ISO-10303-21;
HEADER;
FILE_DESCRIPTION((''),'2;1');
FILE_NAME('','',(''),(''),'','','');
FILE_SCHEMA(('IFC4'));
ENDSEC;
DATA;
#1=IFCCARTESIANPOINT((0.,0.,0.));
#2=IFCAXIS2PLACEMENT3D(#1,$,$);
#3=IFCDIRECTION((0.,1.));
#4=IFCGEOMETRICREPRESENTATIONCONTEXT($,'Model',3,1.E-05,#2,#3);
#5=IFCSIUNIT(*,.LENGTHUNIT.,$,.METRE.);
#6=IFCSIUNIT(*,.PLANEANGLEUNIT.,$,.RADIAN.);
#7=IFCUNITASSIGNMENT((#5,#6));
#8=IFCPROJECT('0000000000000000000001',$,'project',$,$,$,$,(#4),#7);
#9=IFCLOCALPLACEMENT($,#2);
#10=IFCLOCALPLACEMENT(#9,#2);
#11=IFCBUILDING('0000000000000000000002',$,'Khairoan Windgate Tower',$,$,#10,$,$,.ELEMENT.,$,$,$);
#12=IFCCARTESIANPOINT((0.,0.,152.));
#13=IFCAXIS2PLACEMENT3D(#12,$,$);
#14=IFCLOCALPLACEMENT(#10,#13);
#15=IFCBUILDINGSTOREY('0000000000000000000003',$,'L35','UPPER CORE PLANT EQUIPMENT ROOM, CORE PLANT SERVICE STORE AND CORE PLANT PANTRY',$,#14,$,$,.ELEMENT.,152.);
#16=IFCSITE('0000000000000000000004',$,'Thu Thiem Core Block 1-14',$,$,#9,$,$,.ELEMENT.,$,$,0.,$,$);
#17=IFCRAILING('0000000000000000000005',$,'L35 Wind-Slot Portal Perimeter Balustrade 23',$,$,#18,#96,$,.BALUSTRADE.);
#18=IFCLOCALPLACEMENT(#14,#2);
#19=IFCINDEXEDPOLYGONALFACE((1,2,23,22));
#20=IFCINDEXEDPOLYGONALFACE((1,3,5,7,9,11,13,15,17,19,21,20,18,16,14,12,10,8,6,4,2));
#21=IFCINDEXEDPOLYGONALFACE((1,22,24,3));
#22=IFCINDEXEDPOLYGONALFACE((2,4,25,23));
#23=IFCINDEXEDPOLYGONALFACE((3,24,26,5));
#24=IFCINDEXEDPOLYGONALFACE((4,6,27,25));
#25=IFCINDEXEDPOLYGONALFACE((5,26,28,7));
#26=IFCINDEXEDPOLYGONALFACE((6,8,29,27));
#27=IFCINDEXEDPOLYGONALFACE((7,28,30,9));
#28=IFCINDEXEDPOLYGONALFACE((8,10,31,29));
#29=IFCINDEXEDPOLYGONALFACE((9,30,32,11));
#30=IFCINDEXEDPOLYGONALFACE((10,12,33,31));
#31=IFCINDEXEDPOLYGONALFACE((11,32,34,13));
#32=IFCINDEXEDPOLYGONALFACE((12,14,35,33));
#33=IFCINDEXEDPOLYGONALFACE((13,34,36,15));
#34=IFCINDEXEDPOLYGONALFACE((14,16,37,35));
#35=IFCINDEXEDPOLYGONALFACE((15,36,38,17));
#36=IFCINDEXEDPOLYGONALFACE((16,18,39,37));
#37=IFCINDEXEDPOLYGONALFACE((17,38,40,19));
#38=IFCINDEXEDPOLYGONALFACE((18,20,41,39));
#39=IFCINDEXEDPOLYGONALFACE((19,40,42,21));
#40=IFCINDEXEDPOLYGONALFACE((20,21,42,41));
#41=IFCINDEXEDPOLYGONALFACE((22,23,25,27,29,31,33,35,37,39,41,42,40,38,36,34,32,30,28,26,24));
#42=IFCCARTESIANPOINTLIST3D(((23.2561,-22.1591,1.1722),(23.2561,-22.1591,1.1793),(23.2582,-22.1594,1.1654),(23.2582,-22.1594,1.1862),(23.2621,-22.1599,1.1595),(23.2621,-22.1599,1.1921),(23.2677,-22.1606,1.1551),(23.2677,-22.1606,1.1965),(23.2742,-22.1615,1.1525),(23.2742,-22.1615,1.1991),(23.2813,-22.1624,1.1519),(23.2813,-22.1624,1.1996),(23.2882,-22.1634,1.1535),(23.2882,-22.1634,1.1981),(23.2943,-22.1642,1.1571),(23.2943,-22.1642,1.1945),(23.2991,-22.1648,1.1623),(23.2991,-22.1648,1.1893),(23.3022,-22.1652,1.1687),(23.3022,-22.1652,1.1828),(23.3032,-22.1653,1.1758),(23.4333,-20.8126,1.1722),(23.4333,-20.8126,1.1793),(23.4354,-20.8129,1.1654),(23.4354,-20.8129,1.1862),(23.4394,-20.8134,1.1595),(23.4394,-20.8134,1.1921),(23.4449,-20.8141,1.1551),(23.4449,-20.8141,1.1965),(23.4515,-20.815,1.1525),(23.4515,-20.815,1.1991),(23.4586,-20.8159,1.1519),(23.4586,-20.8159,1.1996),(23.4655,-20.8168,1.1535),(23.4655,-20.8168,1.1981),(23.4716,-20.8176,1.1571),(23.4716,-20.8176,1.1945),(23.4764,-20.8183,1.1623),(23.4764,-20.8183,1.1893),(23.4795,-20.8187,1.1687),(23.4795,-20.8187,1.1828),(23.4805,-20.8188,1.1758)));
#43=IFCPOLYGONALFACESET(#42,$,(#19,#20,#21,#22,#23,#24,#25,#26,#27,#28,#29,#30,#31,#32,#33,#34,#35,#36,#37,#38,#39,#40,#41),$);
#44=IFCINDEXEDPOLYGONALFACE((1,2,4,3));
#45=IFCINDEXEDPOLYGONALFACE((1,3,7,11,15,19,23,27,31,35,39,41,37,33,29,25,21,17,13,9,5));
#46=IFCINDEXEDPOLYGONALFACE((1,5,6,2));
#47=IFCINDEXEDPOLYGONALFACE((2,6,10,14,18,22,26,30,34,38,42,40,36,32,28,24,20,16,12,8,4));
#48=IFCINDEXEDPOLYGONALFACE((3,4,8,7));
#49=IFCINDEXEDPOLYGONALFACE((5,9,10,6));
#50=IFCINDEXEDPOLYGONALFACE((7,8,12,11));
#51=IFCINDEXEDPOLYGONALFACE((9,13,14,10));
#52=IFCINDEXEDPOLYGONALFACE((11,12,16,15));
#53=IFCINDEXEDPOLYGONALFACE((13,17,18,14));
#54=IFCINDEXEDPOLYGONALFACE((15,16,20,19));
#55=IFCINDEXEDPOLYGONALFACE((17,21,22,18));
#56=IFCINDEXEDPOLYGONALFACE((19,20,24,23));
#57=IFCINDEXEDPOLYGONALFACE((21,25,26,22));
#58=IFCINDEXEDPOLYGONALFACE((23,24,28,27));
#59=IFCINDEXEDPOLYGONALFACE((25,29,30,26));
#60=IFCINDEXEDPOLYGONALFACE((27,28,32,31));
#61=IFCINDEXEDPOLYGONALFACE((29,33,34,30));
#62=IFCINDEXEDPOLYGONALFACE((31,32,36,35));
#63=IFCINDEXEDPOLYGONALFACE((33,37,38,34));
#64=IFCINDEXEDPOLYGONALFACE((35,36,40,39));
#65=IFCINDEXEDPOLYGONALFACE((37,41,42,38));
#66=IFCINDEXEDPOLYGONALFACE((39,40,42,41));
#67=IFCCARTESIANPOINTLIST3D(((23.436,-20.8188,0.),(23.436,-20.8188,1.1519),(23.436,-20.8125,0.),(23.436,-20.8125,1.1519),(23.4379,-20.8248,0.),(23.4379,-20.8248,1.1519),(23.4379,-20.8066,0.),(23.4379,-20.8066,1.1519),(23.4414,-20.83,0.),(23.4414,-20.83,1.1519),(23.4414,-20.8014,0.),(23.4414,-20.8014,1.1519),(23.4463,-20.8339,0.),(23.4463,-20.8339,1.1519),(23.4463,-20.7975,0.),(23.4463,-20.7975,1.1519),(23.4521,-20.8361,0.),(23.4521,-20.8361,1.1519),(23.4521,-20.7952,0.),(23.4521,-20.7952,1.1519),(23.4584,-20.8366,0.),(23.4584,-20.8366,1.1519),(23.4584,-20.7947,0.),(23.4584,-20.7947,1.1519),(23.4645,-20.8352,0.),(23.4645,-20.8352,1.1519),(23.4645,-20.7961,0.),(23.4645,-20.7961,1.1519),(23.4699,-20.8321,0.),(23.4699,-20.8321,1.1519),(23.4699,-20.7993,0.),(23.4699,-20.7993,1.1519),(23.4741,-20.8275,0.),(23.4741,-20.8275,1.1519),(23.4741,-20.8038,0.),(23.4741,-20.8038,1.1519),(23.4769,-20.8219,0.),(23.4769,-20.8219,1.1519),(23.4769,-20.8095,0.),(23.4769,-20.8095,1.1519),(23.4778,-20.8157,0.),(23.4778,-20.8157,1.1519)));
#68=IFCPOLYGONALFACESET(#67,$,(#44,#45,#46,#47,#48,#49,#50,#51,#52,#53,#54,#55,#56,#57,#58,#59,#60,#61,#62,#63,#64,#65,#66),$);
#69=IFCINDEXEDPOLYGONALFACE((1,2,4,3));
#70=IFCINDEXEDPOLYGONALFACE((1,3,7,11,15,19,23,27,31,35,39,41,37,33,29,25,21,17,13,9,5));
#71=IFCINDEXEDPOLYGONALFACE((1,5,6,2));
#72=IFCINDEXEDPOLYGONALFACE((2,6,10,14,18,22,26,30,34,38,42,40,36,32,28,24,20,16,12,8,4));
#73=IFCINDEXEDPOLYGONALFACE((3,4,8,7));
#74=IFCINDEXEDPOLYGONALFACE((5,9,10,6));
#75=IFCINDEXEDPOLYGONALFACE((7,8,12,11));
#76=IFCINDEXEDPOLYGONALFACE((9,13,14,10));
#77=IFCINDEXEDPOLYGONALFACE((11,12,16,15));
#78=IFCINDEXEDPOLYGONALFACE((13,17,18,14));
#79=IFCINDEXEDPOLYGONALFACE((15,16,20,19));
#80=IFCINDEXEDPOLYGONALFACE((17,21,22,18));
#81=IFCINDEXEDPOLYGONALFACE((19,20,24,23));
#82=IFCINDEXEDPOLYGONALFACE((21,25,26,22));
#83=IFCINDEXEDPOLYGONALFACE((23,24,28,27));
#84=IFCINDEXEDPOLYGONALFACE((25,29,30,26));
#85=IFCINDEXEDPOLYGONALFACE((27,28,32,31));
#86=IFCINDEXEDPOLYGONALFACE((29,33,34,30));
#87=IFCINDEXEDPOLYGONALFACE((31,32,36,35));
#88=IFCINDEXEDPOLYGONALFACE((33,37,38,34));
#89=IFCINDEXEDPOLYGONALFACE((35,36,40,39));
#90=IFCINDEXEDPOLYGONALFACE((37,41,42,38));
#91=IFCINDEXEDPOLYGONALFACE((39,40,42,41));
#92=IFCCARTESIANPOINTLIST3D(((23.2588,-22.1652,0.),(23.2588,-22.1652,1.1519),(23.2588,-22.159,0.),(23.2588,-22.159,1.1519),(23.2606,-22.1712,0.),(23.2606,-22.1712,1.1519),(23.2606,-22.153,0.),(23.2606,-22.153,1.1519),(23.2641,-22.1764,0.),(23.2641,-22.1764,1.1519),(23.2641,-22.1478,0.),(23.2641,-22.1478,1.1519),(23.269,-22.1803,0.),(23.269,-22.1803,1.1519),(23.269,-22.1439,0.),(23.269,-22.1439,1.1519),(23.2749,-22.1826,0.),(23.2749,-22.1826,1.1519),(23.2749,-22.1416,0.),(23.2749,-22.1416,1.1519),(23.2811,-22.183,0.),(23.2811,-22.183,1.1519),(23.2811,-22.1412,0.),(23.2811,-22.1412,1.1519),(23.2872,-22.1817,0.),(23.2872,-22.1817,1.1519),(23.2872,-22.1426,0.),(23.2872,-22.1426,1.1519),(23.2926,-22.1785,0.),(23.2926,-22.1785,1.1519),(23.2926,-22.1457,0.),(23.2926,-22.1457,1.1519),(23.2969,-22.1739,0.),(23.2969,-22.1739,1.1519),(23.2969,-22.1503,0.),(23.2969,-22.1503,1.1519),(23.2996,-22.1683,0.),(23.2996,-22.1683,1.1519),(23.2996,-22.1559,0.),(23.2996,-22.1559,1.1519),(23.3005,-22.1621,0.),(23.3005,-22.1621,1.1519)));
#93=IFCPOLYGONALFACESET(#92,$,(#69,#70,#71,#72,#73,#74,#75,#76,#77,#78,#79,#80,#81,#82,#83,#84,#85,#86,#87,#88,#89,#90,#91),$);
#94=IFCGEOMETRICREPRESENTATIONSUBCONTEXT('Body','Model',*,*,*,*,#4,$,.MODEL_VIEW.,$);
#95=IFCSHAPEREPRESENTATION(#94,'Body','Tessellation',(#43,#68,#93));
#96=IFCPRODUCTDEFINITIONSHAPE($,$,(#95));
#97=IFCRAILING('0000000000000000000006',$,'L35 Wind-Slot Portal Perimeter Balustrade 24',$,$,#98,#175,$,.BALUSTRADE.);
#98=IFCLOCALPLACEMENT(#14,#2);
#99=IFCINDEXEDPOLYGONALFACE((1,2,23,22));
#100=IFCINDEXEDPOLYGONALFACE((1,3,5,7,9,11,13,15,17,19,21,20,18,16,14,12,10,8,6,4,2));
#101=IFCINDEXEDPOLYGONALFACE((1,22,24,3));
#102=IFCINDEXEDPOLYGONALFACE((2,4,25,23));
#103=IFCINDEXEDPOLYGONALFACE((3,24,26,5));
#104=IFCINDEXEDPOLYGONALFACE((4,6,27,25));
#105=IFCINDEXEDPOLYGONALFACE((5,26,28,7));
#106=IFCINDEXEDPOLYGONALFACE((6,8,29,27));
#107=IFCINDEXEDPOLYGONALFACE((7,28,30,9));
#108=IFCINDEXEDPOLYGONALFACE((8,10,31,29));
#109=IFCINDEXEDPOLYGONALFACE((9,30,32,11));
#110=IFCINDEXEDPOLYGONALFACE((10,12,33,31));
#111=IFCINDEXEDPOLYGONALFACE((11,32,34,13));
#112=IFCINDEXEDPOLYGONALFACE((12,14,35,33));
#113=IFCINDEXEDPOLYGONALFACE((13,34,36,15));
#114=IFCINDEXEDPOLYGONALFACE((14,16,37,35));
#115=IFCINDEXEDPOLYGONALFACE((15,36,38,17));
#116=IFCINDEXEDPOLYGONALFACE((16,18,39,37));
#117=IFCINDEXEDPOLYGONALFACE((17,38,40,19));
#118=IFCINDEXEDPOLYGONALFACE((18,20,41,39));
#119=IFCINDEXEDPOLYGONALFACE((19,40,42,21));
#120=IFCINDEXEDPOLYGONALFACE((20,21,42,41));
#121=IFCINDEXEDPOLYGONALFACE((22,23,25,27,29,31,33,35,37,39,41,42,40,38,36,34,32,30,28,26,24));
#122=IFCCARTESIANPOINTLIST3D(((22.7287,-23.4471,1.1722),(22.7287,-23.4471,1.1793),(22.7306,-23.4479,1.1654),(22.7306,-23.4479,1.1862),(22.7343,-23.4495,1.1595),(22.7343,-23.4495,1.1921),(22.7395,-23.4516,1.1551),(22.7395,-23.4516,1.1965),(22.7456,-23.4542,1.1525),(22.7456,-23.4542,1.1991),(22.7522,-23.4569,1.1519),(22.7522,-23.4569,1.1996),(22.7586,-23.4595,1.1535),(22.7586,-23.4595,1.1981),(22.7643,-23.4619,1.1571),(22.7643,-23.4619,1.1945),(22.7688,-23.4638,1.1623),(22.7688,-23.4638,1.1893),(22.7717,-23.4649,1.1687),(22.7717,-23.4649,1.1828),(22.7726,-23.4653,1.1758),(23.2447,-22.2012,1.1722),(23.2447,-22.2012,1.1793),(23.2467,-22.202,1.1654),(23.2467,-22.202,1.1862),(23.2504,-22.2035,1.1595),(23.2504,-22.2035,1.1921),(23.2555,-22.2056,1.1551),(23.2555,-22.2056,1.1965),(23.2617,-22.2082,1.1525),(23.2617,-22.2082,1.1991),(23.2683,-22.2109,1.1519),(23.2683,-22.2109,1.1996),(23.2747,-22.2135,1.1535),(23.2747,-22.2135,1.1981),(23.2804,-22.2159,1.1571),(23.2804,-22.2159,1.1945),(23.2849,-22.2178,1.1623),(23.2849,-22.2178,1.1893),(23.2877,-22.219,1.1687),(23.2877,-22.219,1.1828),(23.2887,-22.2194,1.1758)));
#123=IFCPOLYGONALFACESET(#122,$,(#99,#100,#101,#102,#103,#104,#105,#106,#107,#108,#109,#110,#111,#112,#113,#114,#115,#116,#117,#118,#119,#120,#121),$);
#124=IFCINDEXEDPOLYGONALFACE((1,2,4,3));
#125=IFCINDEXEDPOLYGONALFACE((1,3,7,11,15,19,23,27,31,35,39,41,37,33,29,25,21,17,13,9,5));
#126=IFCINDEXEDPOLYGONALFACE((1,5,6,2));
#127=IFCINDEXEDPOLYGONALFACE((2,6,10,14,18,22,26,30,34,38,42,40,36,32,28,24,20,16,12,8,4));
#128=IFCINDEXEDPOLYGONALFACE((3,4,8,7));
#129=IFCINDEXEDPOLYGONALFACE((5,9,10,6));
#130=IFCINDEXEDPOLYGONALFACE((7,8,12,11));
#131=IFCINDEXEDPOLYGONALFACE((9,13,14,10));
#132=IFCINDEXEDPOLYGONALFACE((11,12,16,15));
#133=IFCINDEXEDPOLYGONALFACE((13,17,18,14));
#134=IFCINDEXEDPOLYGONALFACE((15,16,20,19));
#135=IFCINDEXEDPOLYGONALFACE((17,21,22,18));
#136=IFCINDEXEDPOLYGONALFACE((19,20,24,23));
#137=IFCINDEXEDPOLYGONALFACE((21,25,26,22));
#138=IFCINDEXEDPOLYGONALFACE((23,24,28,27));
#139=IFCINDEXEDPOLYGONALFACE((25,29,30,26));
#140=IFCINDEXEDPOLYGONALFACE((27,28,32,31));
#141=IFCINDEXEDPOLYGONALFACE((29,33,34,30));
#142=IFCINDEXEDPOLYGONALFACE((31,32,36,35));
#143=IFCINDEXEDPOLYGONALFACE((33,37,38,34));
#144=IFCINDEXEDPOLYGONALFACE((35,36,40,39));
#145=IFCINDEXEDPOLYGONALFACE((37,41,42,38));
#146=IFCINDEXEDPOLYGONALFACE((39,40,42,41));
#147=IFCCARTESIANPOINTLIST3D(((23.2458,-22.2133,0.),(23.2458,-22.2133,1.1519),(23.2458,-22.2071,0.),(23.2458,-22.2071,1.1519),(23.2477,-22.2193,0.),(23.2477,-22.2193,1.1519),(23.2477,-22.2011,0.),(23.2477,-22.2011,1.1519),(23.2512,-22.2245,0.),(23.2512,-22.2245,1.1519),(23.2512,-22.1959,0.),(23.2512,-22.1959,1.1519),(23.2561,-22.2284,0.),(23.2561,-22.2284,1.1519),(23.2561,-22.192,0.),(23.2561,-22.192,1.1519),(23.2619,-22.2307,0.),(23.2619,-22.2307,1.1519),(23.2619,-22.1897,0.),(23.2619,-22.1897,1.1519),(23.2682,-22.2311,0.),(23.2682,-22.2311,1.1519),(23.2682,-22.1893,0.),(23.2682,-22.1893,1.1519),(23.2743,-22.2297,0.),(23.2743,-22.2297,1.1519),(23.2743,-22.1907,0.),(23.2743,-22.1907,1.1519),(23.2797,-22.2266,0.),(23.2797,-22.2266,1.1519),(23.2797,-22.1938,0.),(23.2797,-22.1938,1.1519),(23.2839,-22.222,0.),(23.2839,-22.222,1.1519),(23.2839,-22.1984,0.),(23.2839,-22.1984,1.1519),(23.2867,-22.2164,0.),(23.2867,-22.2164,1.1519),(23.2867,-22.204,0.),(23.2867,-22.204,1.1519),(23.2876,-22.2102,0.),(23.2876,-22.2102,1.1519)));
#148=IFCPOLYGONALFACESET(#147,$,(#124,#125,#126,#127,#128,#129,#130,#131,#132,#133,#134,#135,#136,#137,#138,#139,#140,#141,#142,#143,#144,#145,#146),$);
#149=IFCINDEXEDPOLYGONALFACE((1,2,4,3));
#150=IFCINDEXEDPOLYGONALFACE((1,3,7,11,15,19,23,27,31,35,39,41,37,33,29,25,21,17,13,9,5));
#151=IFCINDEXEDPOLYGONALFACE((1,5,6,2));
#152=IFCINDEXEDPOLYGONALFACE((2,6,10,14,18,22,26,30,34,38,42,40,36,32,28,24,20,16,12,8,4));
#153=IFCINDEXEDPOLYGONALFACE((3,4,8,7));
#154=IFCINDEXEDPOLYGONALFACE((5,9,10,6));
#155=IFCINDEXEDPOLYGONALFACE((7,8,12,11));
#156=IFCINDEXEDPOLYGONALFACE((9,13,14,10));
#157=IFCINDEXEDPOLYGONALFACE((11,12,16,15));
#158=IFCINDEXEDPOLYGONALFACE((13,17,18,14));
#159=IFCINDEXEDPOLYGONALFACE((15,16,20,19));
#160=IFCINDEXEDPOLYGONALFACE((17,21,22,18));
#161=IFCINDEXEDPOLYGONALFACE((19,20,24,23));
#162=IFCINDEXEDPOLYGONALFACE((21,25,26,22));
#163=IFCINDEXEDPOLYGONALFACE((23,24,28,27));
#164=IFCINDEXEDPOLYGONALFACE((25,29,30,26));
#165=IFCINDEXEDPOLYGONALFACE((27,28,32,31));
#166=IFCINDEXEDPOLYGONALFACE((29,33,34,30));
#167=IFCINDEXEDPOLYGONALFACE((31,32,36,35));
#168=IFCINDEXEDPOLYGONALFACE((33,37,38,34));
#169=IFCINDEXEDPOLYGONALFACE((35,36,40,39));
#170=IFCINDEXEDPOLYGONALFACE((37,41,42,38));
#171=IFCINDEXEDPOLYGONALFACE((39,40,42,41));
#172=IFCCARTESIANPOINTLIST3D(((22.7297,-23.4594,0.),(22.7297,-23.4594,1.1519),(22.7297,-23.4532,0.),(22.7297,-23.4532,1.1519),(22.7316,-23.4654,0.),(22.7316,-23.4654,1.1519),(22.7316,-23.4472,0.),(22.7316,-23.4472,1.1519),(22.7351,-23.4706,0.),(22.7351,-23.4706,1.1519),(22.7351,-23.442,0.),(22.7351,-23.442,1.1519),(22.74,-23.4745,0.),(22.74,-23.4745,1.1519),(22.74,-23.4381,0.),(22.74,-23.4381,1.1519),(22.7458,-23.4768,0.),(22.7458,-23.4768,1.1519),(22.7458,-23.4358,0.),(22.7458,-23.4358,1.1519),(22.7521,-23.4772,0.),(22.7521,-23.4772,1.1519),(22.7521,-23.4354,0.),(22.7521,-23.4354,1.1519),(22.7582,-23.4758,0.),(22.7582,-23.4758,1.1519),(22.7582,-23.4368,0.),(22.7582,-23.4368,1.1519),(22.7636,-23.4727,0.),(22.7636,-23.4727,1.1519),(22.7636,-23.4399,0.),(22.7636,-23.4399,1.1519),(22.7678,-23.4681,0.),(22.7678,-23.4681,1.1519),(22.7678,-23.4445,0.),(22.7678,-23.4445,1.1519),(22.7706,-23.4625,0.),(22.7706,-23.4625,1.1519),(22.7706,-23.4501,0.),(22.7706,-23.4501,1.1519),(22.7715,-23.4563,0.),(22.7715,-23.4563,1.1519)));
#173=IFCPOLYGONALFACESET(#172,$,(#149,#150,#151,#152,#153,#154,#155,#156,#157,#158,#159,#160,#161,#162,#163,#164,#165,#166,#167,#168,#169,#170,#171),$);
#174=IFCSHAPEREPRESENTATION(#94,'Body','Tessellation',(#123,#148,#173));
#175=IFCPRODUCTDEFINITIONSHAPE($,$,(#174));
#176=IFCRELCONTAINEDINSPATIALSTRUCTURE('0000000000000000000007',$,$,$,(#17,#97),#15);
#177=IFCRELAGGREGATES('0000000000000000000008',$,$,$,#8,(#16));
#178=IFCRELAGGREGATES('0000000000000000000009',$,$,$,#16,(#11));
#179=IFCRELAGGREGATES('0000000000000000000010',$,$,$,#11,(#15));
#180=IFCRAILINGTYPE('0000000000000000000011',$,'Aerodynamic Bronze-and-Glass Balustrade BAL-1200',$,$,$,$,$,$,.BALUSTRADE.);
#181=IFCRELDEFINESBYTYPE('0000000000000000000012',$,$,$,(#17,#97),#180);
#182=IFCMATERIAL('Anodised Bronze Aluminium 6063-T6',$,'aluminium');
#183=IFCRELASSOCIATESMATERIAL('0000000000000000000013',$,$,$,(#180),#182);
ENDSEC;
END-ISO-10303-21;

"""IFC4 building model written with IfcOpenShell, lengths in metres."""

from ifc_helpers import new_model, si_unit, direction, frame, origin, origin_2d, place, context, subcontext, project, spatial, circle, extrude, material, type_object, element, save


model = new_model("IFC4")

# Units and contexts
model_context = context("Model", 3, precision=1e-05, world=origin(), true_north=direction((0.0, 1.0)))
body_context = subcontext(model_context, "Body", "Model", "MODEL_VIEW")
ifc_project = project(units=[si_unit("LENGTHUNIT", "METRE"), si_unit("PLANEANGLEUNIT", "RADIAN")], contexts=[model_context])

# Site, building, storey
site_placement = place(None, origin())
site = spatial("IfcSite", under=ifc_project, at=site_placement, Name="Thu Thiem Core Block 1-14", CompositionType="ELEMENT", RefElevation=0.0)
building_placement = place(site_placement, origin())
building = spatial("IfcBuilding", under=site, at=building_placement, Name="Khairoan Windgate Tower", CompositionType="ELEMENT")
storey_placement = place(building_placement, frame((0.0, 0.0, 152.0)))
storey = spatial("IfcBuildingStorey", under=building, at=storey_placement, Name="L35", Description="UPPER CORE PLANT EQUIPMENT ROOM, CORE PLANT SERVICE STORE AND CORE PLANT PANTRY", CompositionType="ELEMENT", Elevation=152.0)

# Railings
ifc_material_1 = material(Name="Anodised Bronze Aluminium 6063-T6", Category="aluminium")
railing_type_1 = type_object("IfcRailingType", Name="Aerodynamic Bronze-and-Glass Balustrade BAL-1200", PredefinedType="BALUSTRADE", material=ifc_material_1)
railing_1_placement = place(storey_placement, frame((23.4568, -20.8157, 0.0)))
element("IfcRailing", 1, at=railing_1_placement, inside=storey, type_object=railing_type_1, Name="L35 Wind-Slot Portal Perimeter Balustrade 23", PredefinedType="BALUSTRADE", context=body_context, shape_type="SweptSolid", body=[
    extrude(circle(Radius=0.0239, at=origin_2d()), frame((0.0, 0.0, 1.1758), z_axis=(-0.130515, -0.991446, 0.0), x_axis=(0.991446, -0.130515, 0.0)), (0.0, 0.0, 1.0), 1.3582),
    extrude(circle(Radius=0.021, at=origin_2d()), origin(), (0.0, 0.0, 1.0), 1.1519),
    extrude(circle(Radius=0.021, at=origin_2d()), frame((-0.1772, -1.3464, 0.0)), (0.0, 0.0, 1.0), 1.1519),
])
railing_2_placement = place(storey_placement, frame((23.2666, -22.2102, 0.0)))
element("IfcRailing", 2, at=railing_2_placement, inside=storey, type_object=railing_type_1, Name="L35 Wind-Slot Portal Perimeter Balustrade 24", PredefinedType="BALUSTRADE", context=body_context, shape_type="SweptSolid", body=[
    extrude(circle(Radius=0.0239, at=origin_2d()), frame((0.0, 0.0, 1.1758), z_axis=(-0.382661, -0.923889, 0.0), x_axis=(0.923889, -0.382661, 0.0)), (0.0, 0.0, 1.0), 1.3486),
    extrude(circle(Radius=0.021, at=origin_2d()), origin(), (0.0, 0.0, 1.0), 1.1519),
    extrude(circle(Radius=0.021, at=origin_2d()), frame((-0.5161, -1.2461, 0.0)), (0.0, 0.0, 1.0), 1.1519),
])

save(model, "model.ifc")
